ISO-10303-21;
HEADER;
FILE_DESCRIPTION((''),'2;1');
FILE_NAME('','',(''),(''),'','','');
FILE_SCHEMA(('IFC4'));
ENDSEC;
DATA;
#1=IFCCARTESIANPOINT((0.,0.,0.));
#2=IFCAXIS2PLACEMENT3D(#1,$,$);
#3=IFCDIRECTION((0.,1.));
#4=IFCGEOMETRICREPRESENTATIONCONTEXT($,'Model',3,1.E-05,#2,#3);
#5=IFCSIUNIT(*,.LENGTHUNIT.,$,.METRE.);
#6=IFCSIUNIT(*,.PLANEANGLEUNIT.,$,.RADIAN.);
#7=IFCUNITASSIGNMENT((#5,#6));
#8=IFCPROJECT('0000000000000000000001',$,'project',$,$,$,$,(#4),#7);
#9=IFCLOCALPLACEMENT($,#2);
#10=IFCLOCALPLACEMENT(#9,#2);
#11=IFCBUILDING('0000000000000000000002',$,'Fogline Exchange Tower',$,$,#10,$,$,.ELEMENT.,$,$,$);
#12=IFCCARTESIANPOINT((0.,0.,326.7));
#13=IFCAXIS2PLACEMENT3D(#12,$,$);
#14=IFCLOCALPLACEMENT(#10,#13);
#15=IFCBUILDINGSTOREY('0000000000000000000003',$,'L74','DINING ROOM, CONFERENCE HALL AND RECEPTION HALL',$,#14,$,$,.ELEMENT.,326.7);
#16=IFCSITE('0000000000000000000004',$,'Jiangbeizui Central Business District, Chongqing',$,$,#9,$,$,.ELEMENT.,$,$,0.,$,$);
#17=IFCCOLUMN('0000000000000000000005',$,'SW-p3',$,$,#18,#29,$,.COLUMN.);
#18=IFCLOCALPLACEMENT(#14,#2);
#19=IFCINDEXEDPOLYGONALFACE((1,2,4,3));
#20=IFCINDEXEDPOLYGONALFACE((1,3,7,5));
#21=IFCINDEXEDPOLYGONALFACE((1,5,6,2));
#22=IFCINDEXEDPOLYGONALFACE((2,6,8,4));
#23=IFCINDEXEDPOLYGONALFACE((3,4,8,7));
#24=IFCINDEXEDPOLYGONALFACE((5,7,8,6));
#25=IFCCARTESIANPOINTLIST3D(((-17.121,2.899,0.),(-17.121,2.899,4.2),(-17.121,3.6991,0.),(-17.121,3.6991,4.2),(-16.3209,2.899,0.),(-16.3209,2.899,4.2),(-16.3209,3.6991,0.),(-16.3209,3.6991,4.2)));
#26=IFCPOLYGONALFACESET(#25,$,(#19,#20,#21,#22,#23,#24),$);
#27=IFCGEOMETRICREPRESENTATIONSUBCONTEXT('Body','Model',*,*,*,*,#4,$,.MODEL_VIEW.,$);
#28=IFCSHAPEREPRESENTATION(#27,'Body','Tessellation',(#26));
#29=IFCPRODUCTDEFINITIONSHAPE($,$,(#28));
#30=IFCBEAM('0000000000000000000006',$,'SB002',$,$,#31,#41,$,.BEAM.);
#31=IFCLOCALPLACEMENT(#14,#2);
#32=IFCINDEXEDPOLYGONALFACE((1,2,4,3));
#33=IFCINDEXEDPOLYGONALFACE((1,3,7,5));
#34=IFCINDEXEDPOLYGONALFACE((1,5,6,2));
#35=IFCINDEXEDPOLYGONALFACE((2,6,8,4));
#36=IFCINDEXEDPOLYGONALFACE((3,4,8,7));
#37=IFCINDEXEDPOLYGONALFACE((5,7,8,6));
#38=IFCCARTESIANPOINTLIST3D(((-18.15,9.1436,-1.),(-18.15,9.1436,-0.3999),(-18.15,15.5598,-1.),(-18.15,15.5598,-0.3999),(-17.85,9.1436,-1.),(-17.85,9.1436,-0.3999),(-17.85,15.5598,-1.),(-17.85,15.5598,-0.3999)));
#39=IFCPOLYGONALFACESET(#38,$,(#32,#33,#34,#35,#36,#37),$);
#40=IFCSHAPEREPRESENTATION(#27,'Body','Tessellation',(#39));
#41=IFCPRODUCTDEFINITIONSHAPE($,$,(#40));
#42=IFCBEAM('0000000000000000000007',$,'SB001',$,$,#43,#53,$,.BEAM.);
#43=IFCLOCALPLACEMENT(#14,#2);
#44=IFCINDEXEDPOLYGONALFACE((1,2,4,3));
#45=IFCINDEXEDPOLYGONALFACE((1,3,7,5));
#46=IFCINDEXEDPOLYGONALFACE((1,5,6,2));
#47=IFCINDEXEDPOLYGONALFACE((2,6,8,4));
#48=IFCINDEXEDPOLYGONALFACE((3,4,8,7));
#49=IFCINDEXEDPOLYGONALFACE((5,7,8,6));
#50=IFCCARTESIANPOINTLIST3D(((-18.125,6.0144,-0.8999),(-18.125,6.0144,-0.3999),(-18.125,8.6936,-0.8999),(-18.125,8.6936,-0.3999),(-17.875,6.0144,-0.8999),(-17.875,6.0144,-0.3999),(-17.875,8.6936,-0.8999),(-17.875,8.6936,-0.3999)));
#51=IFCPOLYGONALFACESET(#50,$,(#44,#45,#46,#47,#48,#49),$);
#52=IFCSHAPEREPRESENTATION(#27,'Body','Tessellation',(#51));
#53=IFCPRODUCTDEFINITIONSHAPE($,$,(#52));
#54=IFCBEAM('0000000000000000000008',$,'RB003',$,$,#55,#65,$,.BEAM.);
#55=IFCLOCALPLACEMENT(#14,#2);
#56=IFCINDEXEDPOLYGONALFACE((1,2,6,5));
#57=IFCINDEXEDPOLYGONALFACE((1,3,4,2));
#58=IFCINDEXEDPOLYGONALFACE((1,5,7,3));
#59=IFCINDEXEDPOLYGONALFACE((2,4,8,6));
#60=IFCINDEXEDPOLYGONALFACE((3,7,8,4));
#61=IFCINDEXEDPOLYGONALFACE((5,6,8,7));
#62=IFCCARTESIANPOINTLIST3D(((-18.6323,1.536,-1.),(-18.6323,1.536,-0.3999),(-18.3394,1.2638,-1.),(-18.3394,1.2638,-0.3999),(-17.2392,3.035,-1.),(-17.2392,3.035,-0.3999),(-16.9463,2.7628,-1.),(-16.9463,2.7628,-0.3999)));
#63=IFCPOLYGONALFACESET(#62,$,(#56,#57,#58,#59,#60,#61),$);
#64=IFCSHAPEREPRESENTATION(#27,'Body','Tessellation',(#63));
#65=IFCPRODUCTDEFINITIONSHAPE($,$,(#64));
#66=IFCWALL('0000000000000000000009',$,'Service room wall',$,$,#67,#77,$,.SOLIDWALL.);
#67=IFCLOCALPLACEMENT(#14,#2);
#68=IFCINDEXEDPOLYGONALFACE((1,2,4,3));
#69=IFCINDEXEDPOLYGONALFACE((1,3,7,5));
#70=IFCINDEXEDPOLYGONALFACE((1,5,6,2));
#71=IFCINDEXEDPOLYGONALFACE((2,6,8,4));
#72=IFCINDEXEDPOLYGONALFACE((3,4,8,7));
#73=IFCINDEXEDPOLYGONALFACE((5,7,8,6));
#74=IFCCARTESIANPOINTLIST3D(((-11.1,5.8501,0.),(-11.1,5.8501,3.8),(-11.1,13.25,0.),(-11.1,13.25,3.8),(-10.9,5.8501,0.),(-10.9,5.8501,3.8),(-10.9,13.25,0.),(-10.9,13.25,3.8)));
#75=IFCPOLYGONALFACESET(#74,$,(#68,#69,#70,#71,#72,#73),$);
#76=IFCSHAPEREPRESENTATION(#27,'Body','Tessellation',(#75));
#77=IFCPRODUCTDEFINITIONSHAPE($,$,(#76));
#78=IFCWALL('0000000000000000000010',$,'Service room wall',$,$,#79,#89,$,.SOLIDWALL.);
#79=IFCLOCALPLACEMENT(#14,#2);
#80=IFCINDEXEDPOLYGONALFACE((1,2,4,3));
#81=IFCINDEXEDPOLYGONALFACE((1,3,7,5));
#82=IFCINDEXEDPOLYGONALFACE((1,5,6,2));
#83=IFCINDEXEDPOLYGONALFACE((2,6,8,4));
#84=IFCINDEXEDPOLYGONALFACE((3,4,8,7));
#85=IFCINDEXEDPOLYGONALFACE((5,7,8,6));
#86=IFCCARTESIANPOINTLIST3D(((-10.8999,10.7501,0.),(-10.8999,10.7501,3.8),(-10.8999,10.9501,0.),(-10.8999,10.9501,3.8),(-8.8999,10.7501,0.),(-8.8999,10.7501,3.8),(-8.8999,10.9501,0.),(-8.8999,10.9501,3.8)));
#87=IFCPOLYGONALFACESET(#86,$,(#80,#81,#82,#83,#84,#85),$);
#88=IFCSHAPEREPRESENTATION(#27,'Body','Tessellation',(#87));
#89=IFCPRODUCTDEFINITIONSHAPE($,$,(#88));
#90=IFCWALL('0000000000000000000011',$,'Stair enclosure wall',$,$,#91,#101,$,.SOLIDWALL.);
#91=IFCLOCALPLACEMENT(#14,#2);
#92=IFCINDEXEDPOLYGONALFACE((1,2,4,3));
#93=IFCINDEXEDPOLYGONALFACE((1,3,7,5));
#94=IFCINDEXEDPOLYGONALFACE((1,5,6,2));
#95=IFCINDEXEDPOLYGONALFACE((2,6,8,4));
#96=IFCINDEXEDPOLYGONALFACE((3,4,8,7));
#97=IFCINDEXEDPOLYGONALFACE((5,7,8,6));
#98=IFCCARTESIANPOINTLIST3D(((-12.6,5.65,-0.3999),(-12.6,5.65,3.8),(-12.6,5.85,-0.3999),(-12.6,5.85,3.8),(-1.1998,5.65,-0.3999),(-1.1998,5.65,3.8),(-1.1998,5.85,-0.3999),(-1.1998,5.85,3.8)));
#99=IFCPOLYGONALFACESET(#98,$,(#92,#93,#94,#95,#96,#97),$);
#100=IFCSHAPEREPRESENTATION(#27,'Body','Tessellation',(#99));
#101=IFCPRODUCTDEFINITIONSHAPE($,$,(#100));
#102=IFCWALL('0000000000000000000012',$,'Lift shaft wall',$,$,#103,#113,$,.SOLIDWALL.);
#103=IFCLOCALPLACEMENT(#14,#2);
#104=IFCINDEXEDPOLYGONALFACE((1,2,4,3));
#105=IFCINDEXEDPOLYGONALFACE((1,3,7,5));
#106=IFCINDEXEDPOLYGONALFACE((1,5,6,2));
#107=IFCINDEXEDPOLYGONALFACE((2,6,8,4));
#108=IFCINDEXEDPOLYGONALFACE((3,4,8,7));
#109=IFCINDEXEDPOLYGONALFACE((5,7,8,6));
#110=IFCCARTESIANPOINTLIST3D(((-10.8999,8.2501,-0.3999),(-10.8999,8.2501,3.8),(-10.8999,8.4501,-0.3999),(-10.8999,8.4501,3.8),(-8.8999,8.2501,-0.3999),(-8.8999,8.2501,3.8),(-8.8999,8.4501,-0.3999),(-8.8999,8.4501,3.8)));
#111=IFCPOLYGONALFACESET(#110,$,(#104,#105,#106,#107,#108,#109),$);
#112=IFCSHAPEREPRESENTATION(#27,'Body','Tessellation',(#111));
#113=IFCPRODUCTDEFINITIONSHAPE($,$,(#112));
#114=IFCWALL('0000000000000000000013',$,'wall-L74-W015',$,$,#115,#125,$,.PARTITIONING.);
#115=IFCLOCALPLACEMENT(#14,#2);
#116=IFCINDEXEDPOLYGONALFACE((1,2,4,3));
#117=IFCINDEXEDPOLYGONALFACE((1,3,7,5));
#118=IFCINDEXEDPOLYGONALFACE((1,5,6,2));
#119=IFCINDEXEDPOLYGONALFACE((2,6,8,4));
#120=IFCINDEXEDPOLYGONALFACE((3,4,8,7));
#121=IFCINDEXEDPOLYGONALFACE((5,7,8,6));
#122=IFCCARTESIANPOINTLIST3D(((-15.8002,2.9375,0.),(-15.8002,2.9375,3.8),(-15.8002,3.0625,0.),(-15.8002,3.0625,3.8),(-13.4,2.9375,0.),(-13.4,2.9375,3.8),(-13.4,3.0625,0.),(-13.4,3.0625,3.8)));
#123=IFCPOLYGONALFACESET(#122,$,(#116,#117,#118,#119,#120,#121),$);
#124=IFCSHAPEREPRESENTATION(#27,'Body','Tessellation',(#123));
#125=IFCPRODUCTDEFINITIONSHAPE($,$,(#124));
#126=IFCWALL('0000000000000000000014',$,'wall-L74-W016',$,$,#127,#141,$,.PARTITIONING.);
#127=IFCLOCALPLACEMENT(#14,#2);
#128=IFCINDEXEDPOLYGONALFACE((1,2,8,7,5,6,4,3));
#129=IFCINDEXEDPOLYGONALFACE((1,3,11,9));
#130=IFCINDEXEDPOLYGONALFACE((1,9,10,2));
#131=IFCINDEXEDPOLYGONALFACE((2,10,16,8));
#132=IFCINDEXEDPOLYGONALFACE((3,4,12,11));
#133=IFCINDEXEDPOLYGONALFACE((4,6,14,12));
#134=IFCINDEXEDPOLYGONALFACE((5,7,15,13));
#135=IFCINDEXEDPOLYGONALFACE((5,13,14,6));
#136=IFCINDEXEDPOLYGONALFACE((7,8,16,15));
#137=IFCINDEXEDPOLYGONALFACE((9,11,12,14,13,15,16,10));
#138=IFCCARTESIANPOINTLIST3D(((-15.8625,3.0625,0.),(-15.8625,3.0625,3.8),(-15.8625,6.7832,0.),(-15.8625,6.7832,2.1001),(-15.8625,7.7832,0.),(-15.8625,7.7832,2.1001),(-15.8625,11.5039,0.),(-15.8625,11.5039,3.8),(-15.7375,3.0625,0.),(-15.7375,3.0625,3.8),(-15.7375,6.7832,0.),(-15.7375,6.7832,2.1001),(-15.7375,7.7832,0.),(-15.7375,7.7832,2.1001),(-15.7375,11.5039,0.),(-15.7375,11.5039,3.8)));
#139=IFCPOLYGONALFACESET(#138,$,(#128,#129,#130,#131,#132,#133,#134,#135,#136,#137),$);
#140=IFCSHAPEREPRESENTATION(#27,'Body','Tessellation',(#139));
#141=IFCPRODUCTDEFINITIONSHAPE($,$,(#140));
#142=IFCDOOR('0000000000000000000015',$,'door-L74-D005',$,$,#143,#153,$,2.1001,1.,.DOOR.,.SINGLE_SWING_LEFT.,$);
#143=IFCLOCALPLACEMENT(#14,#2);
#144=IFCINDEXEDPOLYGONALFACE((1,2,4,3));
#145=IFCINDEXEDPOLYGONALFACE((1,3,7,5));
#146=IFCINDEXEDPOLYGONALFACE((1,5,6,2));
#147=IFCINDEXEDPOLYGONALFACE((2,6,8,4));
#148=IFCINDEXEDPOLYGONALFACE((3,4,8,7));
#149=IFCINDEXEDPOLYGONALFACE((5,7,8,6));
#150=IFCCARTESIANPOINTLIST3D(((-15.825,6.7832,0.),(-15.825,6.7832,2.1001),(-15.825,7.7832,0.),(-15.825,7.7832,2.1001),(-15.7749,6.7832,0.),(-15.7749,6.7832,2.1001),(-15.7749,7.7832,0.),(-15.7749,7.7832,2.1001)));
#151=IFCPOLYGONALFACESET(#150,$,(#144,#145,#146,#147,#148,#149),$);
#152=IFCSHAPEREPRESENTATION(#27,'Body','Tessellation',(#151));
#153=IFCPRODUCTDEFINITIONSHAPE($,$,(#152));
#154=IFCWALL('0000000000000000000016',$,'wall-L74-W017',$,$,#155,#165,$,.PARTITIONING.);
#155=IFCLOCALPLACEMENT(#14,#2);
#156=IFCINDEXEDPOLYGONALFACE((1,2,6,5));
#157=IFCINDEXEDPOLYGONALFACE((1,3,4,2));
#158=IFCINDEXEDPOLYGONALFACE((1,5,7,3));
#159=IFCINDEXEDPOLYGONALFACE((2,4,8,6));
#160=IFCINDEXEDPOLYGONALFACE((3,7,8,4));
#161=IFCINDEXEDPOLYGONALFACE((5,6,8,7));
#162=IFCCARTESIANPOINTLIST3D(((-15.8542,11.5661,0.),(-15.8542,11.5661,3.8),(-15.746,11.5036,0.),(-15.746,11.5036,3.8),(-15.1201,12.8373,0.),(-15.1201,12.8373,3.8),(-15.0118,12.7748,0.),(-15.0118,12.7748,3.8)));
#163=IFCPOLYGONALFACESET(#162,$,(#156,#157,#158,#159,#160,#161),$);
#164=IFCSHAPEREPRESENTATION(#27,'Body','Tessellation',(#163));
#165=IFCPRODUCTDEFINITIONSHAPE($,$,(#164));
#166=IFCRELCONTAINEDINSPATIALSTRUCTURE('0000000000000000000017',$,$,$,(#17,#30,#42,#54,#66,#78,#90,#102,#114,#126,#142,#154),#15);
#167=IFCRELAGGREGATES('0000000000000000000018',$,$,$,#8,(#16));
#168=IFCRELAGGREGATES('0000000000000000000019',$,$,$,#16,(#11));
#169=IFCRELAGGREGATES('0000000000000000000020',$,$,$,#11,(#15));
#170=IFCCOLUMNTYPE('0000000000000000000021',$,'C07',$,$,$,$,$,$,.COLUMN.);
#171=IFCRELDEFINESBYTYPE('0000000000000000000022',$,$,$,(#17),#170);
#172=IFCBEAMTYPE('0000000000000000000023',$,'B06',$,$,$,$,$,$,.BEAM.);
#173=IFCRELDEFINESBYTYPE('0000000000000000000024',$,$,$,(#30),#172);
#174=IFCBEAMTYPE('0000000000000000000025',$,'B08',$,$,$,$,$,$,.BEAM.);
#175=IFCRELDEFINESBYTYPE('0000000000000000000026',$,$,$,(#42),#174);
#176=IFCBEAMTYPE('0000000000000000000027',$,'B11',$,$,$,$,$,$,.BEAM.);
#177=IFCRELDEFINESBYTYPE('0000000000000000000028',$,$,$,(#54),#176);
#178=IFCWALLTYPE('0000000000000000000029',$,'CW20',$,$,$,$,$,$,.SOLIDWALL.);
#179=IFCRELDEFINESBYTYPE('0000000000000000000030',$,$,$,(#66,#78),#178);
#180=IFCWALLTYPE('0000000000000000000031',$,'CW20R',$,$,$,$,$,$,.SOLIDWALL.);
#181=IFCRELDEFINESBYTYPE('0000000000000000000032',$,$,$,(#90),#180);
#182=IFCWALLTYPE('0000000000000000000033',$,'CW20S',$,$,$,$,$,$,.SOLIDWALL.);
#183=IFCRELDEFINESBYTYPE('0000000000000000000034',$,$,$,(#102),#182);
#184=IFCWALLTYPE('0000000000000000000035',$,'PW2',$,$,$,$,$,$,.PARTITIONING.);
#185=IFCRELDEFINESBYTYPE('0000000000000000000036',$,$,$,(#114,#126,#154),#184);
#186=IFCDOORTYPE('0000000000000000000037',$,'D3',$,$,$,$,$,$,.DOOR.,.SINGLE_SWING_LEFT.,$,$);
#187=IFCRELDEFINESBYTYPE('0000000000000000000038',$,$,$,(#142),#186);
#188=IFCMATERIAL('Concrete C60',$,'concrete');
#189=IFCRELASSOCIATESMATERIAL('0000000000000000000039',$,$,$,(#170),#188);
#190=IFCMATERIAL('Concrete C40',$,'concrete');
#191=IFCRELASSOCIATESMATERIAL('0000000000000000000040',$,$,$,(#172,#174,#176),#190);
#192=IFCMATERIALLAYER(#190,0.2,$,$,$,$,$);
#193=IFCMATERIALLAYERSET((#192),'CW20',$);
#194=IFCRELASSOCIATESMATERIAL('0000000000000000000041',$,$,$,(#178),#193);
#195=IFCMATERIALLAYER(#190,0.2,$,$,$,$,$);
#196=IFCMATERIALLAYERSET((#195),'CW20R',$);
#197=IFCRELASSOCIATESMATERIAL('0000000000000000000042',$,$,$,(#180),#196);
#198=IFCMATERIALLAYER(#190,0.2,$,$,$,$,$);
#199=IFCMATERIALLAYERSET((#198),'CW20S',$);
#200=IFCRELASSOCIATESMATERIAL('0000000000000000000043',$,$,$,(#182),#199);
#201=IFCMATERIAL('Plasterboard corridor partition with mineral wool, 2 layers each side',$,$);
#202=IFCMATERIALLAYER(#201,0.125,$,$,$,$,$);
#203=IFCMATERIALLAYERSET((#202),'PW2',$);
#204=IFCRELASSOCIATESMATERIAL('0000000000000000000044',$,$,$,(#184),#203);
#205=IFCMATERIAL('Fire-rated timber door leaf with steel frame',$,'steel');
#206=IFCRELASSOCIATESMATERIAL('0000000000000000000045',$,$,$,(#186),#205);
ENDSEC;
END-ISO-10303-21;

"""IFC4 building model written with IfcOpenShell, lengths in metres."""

from ifc_helpers import new_model, si_unit, direction, frame, frame_2d, origin, origin_2d, place, context, subcontext, project, spatial, rectangle, extrude, material, layer, layer_set, material_profile, profile_set, type_object, element, fill, save


model = new_model("IFC4")

# Units and contexts
model_context = context("Model", 3, precision=1e-05, world=origin(), true_north=direction((0.0, 1.0)))
body_context = subcontext(model_context, "Body", "Model", "MODEL_VIEW")
ifc_project = project(units=[si_unit("LENGTHUNIT", "METRE"), si_unit("PLANEANGLEUNIT", "RADIAN")], contexts=[model_context])

# Site, building, storey
site_placement = place(None, origin())
site = spatial("IfcSite", under=ifc_project, at=site_placement, Name="Jiangbeizui Central Business District, Chongqing", CompositionType="ELEMENT", RefElevation=0.0)
building_placement = place(site_placement, origin())
building = spatial("IfcBuilding", under=site, at=building_placement, Name="Fogline Exchange Tower", CompositionType="ELEMENT")
storey_placement = place(building_placement, frame((0.0, 0.0, 326.7)))
storey = spatial("IfcBuildingStorey", under=building, at=storey_placement, Name="L74", Description="DINING ROOM, CONFERENCE HALL AND RECEPTION HALL", CompositionType="ELEMENT", Elevation=326.7)

# Column
ifc_material_1 = material(Name="Concrete C60", Category="concrete")
ifc_material_profile_1 = material_profile(ifc_material_1, rectangle(XDim=0.8, YDim=0.8, at=origin_2d()), Name="RC 800x800")
ifc_profile_set_1 = profile_set([ifc_material_profile_1], Name="Concrete C60")
column_type = type_object("IfcColumnType", Name="C07", PredefinedType="COLUMN", material=ifc_profile_set_1)
column_placement = place(storey_placement, frame((-16.7209, 3.2991, 0.0), z_axis=(0.0, 0.0, 1.0), x_axis=(1.0, 0.0, 0.0)))
element("IfcColumn", 1, at=column_placement, inside=storey, type_object=column_type, Name="SW-p3", PredefinedType="COLUMN", context=body_context, shape_type="SweptSolid", body=[
    extrude(rectangle(XDim=0.8, YDim=0.8, at=origin_2d()), origin(), (0.0, 0.0, 1.0), 4.2),
])

# Beams
ifc_material_2 = material(Name="Concrete C40", Category="concrete")
ifc_material_profile_2 = material_profile(ifc_material_2, rectangle(XDim=0.3, YDim=0.6001, at=origin_2d()), Name="RC 300x600")
ifc_profile_set_2 = profile_set([ifc_material_profile_2], Name="Concrete C40")
beam_type_1 = type_object("IfcBeamType", Name="B06", PredefinedType="BEAM", material=ifc_profile_set_2)
beam_1_placement = place(storey_placement, frame((-18.0, 9.1436, -0.7), z_axis=(0.0, 1.0, 0.0), x_axis=(-1.0, 0.0, 0.0)))
element("IfcBeam", 2, at=beam_1_placement, inside=storey, type_object=beam_type_1, Name="SB002", PredefinedType="BEAM", context=body_context, shape_type="SweptSolid", body=[
    extrude(rectangle(XDim=0.3, YDim=0.6001, at=origin_2d()), origin(), (0.0, 0.0, 1.0), 6.4163),
])
ifc_material_profile_3 = material_profile(ifc_material_2, rectangle(XDim=0.25, YDim=0.5, at=origin_2d()), Name="RC 250x500")
ifc_profile_set_3 = profile_set([ifc_material_profile_3], Name="Concrete C40")
beam_type_2 = type_object("IfcBeamType", Name="B08", PredefinedType="BEAM", material=ifc_profile_set_3)
beam_2_placement = place(storey_placement, frame((-18.0, 6.0144, -0.6499), z_axis=(0.0, 1.0, 0.0), x_axis=(-1.0, 0.0, 0.0)))
element("IfcBeam", 3, at=beam_2_placement, inside=storey, type_object=beam_type_2, Name="SB001", PredefinedType="BEAM", context=body_context, shape_type="SweptSolid", body=[
    extrude(rectangle(XDim=0.25, YDim=0.5, at=origin_2d()), origin(), (0.0, 0.0, 1.0), 2.6792),
])
ifc_material_profile_4 = material_profile(ifc_material_2, rectangle(XDim=0.3999, YDim=0.6001, at=origin_2d()), Name="RC 400x600")
ifc_profile_set_4 = profile_set([ifc_material_profile_4], Name="Concrete C40")
beam_type_3 = type_object("IfcBeamType", Name="B11", PredefinedType="BEAM", material=ifc_profile_set_4)
beam_3_placement = place(storey_placement, frame((-17.0928, 2.8989, -0.7), z_axis=(-0.680744, -0.732521, 0.0), x_axis=(0.732521, -0.680744, 0.0)))
element("IfcBeam", 4, at=beam_3_placement, inside=storey, type_object=beam_type_3, Name="RB003", PredefinedType="BEAM", context=body_context, shape_type="SweptSolid", body=[
    extrude(rectangle(XDim=0.3999, YDim=0.6001, at=origin_2d()), origin(), (0.0, 0.0, 1.0), 2.0464),
])

# Walls
ifc_layer_1 = layer(ifc_material_2, 0.2)
ifc_layer_set_1 = layer_set([ifc_layer_1], Name="CW20")
wall_type_1 = type_object("IfcWallType", Name="CW20", PredefinedType="SOLIDWALL", material=ifc_layer_set_1)
wall_1_placement = place(storey_placement, frame((-11.0, 5.8501, 0.0), z_axis=(0.0, 0.0, 1.0), x_axis=(0.0, 1.0, 0.0)))
element("IfcWall", 5, at=wall_1_placement, inside=storey, type_object=wall_type_1, Name="Service room wall", PredefinedType="SOLIDWALL", context=body_context, shape_type="SweptSolid", body=[
    extrude(rectangle(XDim=7.3999, YDim=0.2, at=frame_2d((3.7, 0.0))), origin(), (0.0, 0.0, 1.0), 3.8),
])
wall_2_placement = place(storey_placement, frame((-10.8999, 10.8501, 0.0), z_axis=(0.0, 0.0, 1.0), x_axis=(1.0, 0.0, 0.0)))
element("IfcWall", 6, at=wall_2_placement, inside=storey, type_object=wall_type_1, Name="Service room wall", PredefinedType="SOLIDWALL", context=body_context, shape_type="SweptSolid", body=[
    extrude(rectangle(XDim=2.0, YDim=0.2, at=frame_2d((1.0, 0.0))), origin(), (0.0, 0.0, 1.0), 3.8),
])
ifc_layer_2 = layer(ifc_material_2, 0.2)
ifc_layer_set_2 = layer_set([ifc_layer_2], Name="CW20R")
wall_type_2 = type_object("IfcWallType", Name="CW20R", PredefinedType="SOLIDWALL", material=ifc_layer_set_2)
wall_3_placement = place(storey_placement, frame((-12.6001, 5.75, -0.3999), z_axis=(0.0, 0.0, 1.0), x_axis=(1.0, 0.0, 0.0)))
element("IfcWall", 7, at=wall_3_placement, inside=storey, type_object=wall_type_2, Name="Stair enclosure wall", PredefinedType="SOLIDWALL", context=body_context, shape_type="SweptSolid", body=[
    extrude(rectangle(XDim=11.4001, YDim=0.2, at=frame_2d((5.7002, 0.0))), origin(), (0.0, 0.0, 1.0), 4.2),
])
ifc_layer_3 = layer(ifc_material_2, 0.2)
ifc_layer_set_3 = layer_set([ifc_layer_3], Name="CW20S")
wall_type_3 = type_object("IfcWallType", Name="CW20S", PredefinedType="SOLIDWALL", material=ifc_layer_set_3)
wall_4_placement = place(storey_placement, frame((-10.8999, 8.3501, -0.3999), z_axis=(0.0, 0.0, 1.0), x_axis=(1.0, 0.0, 0.0)))
element("IfcWall", 8, at=wall_4_placement, inside=storey, type_object=wall_type_3, Name="Lift shaft wall", PredefinedType="SOLIDWALL", context=body_context, shape_type="SweptSolid", body=[
    extrude(rectangle(XDim=2.0, YDim=0.2, at=frame_2d((1.0, 0.0))), origin(), (0.0, 0.0, 1.0), 4.2),
])
ifc_material_3 = material(Name="Plasterboard corridor partition with mineral wool, 2 layers each side")
ifc_layer_4 = layer(ifc_material_3, 0.125)
ifc_layer_set_4 = layer_set([ifc_layer_4], Name="PW2")
wall_type_4 = type_object("IfcWallType", Name="PW2", PredefinedType="PARTITIONING", material=ifc_layer_set_4)
wall_5_placement = place(storey_placement, frame((-13.3999, 3.0, 0.0), z_axis=(0.0, 0.0, 1.0), x_axis=(-1.0, 0.0, 0.0)))
element("IfcWall", 9, at=wall_5_placement, inside=storey, type_object=wall_type_4, Name="wall-L74-W015", PredefinedType="PARTITIONING", context=body_context, shape_type="SweptSolid", body=[
    extrude(rectangle(XDim=2.4001, YDim=0.125, at=frame_2d((1.2002, 0.0))), origin(), (0.0, 0.0, 1.0), 3.8),
])

# Wall, opening, door
wall_6_placement = place(storey_placement, frame((-15.8, 3.0625, 0.0), z_axis=(0.0, 0.0, 1.0), x_axis=(0.0, 1.0, 0.0)))
wall_6 = element("IfcWall", 10, at=wall_6_placement, inside=storey, type_object=wall_type_4, Name="wall-L74-W016", PredefinedType="PARTITIONING", context=body_context, shape_type="SweptSolid", body=[
    extrude(rectangle(XDim=8.4414, YDim=0.125, at=frame_2d((4.2207, 0.0))), origin(), (0.0, 0.0, 1.0), 3.8),
])
opening_1_placement = place(wall_6_placement, frame((3.7207, 0.0, 0.0)))
opening_1 = element("IfcOpeningElement", 11, at=opening_1_placement, cuts=wall_6, PredefinedType="OPENING", context=body_context, shape_type="SweptSolid", body=[
    extrude(rectangle(XDim=1.0, YDim=2.1001, at=frame_2d((0.5, 1.05))), frame((0.0, 0.0725, 0.0), z_axis=(0.0, -1.0, 0.0), x_axis=(1.0, 0.0, 0.0)), (0.0, 0.0, 1.0), 0.145),
])
ifc_material_4 = material(Name="Fire-rated timber door leaf with steel frame", Category="steel")
door_type_1 = type_object("IfcDoorType", Name="D3", OperationType="SINGLE_SWING_LEFT", PredefinedType="DOOR", material=ifc_material_4)
door_1_placement = place(opening_1_placement, origin())
door_1 = element("IfcDoor", 12, at=door_1_placement, inside=storey, type_object=door_type_1, Name="door-L74-D005", OperationType="SINGLE_SWING_LEFT", OverallHeight=2.1001, OverallWidth=1.0, PredefinedType="DOOR", context=body_context, shape_type="SweptSolid", body=[
    extrude(rectangle(XDim=1.0, YDim=2.1001, at=frame_2d((0.5, 1.05))), frame((0.0, 0.0249, 0.0), z_axis=(0.0, -1.0, 0.0), x_axis=(1.0, 0.0, 0.0)), (0.0, 0.0, 1.0), 0.05),
])
fill(opening_1, door_1)

# Wall
wall_7_placement = place(storey_placement, frame((-15.8, 11.5349, 0.0), z_axis=(0.0, 0.0, 1.0), x_axis=(0.500092, 0.865972, 0.0)))
element("IfcWall", 13, at=wall_7_placement, inside=storey, type_object=wall_type_4, Name="wall-L74-W017", PredefinedType="PARTITIONING", context=body_context, shape_type="SweptSolid", body=[
    extrude(rectangle(XDim=1.468, YDim=0.125, at=frame_2d((0.7339, 0.0))), origin(), (0.0, 0.0, 1.0), 3.8),
])

save(model, "model.ifc")
